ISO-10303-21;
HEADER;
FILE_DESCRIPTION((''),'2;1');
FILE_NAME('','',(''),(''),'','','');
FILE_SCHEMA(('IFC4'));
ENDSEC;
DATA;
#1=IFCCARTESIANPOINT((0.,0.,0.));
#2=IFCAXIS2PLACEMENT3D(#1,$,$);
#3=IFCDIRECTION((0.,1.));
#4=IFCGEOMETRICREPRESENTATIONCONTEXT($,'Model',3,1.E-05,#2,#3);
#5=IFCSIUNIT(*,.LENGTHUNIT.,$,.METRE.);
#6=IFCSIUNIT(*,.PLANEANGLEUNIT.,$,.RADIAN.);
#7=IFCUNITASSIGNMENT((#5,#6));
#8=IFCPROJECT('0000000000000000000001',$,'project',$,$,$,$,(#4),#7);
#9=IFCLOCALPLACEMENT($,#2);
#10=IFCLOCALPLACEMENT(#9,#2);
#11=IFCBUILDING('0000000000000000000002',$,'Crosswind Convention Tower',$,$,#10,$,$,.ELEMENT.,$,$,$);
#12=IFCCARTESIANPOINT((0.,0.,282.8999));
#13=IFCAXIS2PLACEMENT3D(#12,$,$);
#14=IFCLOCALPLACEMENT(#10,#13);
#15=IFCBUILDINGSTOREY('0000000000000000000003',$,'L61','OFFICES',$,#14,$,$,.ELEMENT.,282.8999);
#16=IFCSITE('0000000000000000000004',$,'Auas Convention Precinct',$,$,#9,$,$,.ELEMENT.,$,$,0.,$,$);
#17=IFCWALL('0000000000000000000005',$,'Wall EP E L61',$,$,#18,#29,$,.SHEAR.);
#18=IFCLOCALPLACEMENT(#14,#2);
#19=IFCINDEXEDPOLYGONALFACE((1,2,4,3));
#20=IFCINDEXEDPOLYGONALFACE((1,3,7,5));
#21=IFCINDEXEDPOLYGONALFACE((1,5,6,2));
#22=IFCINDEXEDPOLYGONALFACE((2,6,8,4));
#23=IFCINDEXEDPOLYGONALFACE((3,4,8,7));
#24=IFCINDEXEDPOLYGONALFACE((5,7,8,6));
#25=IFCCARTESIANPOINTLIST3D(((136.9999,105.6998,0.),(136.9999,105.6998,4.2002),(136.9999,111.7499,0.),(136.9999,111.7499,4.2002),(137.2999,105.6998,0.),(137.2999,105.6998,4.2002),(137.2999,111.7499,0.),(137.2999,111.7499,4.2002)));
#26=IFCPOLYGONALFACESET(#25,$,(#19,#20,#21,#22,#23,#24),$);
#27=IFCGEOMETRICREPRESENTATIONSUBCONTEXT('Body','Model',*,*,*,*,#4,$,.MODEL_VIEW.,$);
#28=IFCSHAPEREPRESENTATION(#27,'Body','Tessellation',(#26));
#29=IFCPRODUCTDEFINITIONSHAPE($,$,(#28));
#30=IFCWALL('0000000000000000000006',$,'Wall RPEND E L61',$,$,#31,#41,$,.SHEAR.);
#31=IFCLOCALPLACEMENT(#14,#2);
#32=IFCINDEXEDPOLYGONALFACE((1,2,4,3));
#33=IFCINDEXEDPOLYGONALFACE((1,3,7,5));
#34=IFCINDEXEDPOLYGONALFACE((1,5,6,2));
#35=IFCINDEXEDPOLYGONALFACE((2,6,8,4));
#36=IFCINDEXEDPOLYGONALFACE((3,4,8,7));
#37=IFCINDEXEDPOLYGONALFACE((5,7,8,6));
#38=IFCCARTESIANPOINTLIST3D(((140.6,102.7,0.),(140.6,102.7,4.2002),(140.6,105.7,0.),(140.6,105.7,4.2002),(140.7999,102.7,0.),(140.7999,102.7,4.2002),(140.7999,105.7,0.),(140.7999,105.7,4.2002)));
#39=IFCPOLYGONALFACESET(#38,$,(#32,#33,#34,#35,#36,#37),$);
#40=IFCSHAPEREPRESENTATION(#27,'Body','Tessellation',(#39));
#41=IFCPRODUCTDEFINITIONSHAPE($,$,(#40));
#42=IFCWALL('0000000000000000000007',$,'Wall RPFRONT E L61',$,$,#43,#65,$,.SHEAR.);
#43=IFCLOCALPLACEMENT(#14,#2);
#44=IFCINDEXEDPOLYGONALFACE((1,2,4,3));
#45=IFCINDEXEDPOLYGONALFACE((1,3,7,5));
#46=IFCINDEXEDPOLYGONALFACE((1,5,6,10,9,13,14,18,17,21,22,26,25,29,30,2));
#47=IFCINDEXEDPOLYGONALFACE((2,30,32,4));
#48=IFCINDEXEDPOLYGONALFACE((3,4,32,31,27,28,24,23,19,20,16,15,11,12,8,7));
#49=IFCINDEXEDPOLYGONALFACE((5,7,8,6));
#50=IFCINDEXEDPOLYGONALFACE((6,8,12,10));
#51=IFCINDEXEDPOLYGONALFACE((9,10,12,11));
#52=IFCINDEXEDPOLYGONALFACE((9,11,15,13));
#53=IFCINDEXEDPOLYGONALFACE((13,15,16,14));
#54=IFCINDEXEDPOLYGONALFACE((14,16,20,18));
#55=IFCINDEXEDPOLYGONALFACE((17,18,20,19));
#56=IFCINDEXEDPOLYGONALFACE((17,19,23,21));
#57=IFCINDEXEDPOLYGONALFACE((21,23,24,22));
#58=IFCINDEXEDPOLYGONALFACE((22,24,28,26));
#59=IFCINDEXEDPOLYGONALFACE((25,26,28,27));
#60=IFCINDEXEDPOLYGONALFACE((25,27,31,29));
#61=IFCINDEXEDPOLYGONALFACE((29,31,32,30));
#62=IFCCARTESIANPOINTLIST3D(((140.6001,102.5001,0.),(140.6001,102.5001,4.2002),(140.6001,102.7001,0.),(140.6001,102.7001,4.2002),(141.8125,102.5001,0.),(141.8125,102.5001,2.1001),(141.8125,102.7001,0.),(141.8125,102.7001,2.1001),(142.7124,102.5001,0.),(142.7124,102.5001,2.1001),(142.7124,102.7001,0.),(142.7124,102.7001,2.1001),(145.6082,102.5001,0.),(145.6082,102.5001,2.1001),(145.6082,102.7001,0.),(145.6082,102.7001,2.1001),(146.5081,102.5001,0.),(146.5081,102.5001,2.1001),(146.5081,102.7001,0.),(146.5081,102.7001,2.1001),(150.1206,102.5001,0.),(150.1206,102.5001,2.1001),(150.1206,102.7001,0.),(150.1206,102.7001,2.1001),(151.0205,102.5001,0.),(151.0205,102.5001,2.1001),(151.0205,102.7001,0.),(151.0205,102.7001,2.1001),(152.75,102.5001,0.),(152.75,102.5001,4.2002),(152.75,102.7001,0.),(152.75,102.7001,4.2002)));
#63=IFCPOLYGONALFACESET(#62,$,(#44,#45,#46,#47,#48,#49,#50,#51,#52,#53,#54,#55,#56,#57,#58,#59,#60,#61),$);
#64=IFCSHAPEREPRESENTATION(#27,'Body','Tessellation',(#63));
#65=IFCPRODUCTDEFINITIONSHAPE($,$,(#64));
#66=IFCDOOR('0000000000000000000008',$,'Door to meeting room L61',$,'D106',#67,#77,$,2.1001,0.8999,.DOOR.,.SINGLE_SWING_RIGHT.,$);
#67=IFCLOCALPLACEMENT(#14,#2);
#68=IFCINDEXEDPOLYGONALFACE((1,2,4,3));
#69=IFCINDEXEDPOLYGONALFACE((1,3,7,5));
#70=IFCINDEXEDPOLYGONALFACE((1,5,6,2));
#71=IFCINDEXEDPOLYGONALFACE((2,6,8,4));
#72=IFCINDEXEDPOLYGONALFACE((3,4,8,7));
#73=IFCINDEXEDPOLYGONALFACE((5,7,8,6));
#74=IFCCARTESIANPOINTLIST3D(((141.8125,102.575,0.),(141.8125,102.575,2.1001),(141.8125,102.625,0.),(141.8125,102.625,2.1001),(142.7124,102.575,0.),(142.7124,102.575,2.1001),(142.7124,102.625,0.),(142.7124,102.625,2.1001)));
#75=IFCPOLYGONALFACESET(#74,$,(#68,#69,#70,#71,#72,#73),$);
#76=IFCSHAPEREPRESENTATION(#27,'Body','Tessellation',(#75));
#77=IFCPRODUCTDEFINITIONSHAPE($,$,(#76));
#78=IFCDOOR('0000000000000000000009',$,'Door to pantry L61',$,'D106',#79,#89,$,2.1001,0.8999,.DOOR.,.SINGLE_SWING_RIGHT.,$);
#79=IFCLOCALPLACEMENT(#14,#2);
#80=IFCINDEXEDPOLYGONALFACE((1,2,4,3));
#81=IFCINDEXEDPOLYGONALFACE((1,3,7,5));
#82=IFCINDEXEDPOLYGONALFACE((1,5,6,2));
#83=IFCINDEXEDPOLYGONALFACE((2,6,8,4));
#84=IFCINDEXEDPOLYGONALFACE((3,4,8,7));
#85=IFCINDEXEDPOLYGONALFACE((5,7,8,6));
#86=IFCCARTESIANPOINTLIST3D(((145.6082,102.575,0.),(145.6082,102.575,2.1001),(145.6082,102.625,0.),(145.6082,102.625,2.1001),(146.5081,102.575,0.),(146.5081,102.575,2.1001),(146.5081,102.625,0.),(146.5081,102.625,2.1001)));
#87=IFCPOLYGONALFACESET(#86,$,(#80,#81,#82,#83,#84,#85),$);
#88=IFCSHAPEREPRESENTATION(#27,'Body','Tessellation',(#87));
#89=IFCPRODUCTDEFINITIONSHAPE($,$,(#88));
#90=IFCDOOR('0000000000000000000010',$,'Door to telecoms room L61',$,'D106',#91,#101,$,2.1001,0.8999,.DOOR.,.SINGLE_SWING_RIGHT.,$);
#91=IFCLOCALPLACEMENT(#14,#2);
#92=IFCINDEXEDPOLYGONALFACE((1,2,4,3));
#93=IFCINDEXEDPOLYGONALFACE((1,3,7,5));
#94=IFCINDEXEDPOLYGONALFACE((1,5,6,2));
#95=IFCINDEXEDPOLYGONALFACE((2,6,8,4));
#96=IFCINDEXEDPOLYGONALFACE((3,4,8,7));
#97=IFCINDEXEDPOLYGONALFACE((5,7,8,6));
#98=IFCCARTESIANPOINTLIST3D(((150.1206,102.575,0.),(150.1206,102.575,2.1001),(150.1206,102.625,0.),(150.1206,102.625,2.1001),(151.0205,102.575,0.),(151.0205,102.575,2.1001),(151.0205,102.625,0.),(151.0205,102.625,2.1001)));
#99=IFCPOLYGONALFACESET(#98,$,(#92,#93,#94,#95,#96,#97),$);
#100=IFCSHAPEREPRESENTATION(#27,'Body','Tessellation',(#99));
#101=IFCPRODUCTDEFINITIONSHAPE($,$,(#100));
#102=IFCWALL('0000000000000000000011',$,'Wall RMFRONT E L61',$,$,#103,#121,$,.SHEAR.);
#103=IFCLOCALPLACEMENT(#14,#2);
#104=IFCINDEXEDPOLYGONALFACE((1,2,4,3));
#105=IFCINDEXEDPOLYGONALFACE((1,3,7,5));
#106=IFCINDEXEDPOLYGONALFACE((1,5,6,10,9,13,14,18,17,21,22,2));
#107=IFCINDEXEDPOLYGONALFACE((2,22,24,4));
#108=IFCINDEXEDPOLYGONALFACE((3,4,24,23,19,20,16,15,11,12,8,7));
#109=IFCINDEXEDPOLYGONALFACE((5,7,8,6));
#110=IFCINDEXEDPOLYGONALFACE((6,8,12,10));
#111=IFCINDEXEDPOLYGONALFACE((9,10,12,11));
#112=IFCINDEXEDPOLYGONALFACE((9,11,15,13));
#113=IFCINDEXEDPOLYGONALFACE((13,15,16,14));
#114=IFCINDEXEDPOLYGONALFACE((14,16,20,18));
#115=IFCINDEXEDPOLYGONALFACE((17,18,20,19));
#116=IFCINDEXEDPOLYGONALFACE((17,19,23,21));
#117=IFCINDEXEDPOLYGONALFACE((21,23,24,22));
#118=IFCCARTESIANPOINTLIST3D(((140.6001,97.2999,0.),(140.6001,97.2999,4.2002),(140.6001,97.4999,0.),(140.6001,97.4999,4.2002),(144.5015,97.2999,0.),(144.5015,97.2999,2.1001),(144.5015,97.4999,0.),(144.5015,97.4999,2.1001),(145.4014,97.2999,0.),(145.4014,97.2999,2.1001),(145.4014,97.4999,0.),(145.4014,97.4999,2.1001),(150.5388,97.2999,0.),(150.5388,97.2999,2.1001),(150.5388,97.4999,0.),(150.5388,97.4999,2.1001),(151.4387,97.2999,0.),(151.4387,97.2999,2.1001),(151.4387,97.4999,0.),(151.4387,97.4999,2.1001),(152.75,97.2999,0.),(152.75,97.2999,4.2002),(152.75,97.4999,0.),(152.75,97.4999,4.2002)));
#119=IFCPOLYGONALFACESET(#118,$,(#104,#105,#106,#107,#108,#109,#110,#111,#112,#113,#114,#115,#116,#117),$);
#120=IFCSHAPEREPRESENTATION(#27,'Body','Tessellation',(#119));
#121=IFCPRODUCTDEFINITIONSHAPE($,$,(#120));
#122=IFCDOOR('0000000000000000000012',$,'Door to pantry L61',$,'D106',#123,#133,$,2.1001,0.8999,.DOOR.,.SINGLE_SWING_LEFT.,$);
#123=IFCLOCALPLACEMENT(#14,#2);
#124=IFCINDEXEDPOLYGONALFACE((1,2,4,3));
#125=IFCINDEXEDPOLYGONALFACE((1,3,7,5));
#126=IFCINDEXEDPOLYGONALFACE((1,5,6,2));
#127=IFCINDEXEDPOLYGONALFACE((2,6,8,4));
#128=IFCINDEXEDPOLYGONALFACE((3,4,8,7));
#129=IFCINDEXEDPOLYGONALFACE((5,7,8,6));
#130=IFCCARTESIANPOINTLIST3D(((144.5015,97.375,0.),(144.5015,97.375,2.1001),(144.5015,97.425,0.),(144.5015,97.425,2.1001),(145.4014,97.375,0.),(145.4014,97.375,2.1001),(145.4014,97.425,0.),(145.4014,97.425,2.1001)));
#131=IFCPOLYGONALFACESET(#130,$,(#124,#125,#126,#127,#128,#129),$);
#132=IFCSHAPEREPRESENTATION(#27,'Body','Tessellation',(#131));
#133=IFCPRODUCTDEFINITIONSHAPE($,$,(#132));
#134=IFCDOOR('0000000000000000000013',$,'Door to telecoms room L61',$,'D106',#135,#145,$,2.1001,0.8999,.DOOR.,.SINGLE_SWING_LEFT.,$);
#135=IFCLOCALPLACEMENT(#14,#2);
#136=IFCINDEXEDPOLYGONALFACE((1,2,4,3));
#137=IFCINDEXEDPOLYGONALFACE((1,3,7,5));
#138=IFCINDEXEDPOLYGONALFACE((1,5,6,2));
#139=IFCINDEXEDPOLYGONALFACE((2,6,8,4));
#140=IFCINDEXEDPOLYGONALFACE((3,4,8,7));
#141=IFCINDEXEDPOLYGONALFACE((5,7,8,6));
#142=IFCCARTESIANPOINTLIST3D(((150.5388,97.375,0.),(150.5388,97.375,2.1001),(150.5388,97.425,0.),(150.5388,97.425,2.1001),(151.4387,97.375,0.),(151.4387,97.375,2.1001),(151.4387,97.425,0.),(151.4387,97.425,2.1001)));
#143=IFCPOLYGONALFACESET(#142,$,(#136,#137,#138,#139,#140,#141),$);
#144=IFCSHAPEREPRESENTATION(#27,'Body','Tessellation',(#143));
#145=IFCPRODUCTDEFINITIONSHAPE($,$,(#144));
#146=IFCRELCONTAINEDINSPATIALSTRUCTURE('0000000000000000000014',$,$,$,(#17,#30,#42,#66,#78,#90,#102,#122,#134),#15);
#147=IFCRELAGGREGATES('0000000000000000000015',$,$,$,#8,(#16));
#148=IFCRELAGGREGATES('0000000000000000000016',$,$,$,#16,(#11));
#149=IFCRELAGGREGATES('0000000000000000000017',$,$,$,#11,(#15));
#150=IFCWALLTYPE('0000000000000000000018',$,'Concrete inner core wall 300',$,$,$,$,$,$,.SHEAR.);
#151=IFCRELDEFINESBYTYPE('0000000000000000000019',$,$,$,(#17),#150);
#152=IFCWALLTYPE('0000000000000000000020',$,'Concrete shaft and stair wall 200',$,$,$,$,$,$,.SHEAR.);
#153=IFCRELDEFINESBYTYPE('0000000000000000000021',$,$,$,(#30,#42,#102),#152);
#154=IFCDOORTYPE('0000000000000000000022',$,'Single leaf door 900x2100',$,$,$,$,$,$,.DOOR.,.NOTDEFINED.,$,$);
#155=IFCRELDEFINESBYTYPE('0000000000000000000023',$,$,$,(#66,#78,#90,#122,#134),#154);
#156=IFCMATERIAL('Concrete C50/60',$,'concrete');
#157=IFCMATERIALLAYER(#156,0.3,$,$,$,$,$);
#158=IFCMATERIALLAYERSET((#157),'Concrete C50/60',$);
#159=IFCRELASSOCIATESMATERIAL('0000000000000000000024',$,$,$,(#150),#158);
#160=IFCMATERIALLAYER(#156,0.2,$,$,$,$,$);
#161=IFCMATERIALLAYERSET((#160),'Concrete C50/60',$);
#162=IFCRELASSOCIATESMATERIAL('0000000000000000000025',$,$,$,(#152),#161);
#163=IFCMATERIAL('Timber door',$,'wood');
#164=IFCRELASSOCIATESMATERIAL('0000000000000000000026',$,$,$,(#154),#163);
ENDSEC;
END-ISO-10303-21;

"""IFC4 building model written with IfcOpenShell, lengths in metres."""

from ifc_helpers import new_model, si_unit, direction, frame, frame_2d, origin, place, context, subcontext, project, spatial, rectangle, extrude, material, layer, layer_set, type_object, element, fill, save


model = new_model("IFC4")

# Units and contexts
model_context = context("Model", 3, precision=1e-05, world=origin(), true_north=direction((0.0, 1.0)))
body_context = subcontext(model_context, "Body", "Model", "MODEL_VIEW")
ifc_project = project(units=[si_unit("LENGTHUNIT", "METRE"), si_unit("PLANEANGLEUNIT", "RADIAN")], contexts=[model_context])

# Site, building, storey
site_placement = place(None, origin())
site = spatial("IfcSite", under=ifc_project, at=site_placement, Name="Auas Convention Precinct", CompositionType="ELEMENT", RefElevation=0.0)
building_placement = place(site_placement, origin())
building = spatial("IfcBuilding", under=site, at=building_placement, Name="Crosswind Convention Tower", CompositionType="ELEMENT")
storey_placement = place(building_placement, frame((0.0, 0.0, 282.8999)))
storey = spatial("IfcBuildingStorey", under=building, at=storey_placement, Name="L61", Description="OFFICES", CompositionType="ELEMENT", Elevation=282.8999)

# Walls
ifc_material_1 = material(Name="Concrete C50/60", Category="concrete")
ifc_layer_1 = layer(ifc_material_1, 0.3)
ifc_layer_set_1 = layer_set([ifc_layer_1], Name="Concrete C50/60")
wall_type_1 = type_object("IfcWallType", Name="Concrete inner core wall 300", PredefinedType="SHEAR", material=ifc_layer_set_1)
wall_1_placement = place(storey_placement, frame((137.1499, 105.7, 0.0), z_axis=(0.0, 0.0, 1.0), x_axis=(0.0, 1.0, 0.0)))
element("IfcWall", 1, at=wall_1_placement, inside=storey, type_object=wall_type_1, Name="Wall EP E L61", PredefinedType="SHEAR", context=body_context, shape_type="SweptSolid", body=[
    extrude(rectangle(XDim=6.05, YDim=0.3, at=frame_2d((3.0249, 0.0))), origin(), (0.0, 0.0, 1.0), 4.2002),
])
ifc_layer_2 = layer(ifc_material_1, 0.2)
ifc_layer_set_2 = layer_set([ifc_layer_2], Name="Concrete C50/60")
wall_type_2 = type_object("IfcWallType", Name="Concrete shaft and stair wall 200", PredefinedType="SHEAR", material=ifc_layer_set_2)
wall_2_placement = place(storey_placement, frame((140.7, 102.7, 0.0), z_axis=(0.0, 0.0, 1.0), x_axis=(0.0, 1.0, 0.0)))
element("IfcWall", 2, at=wall_2_placement, inside=storey, type_object=wall_type_2, Name="Wall RPEND E L61", PredefinedType="SHEAR", context=body_context, shape_type="SweptSolid", body=[
    extrude(rectangle(XDim=3.0, YDim=0.2, at=frame_2d((1.5, 0.0))), origin(), (0.0, 0.0, 1.0), 4.2002),
])

# Walls, openings, doors
wall_3_placement = place(storey_placement, frame((140.6001, 102.6001, 0.0), z_axis=(0.0, 0.0, 1.0), x_axis=(1.0, 0.0, 0.0)))
wall_3 = element("IfcWall", 3, at=wall_3_placement, inside=storey, type_object=wall_type_2, Name="Wall RPFRONT E L61", PredefinedType="SHEAR", context=body_context, shape_type="SweptSolid", body=[
    extrude(rectangle(XDim=12.1499, YDim=0.2, at=frame_2d((6.075, 0.0))), origin(), (0.0, 0.0, 1.0), 4.2002),
])
opening_1_placement = place(wall_3_placement, frame((1.2124, 0.0, 0.0)))
opening_1 = element("IfcOpeningElement", 4, at=opening_1_placement, cuts=wall_3, PredefinedType="OPENING", context=body_context, shape_type="SweptSolid", body=[
    extrude(rectangle(XDim=0.8999, YDim=2.1001, at=frame_2d((0.45, 1.05))), frame((0.0, 0.1099, 0.0), z_axis=(0.0, -1.0, 0.0), x_axis=(1.0, 0.0, 0.0)), (0.0, 0.0, 1.0), 0.22),
])
opening_2_placement = place(wall_3_placement, frame((5.0081, 0.0, 0.0)))
opening_2 = element("IfcOpeningElement", 5, at=opening_2_placement, cuts=wall_3, PredefinedType="OPENING", context=body_context, shape_type="SweptSolid", body=[
    extrude(rectangle(XDim=0.8999, YDim=2.1001, at=frame_2d((0.45, 1.05))), frame((0.0, 0.1099, 0.0), z_axis=(0.0, -1.0, 0.0), x_axis=(1.0, 0.0, 0.0)), (0.0, 0.0, 1.0), 0.22),
])
opening_3_placement = place(wall_3_placement, frame((9.5205, 0.0, 0.0)))
opening_3 = element("IfcOpeningElement", 6, at=opening_3_placement, cuts=wall_3, PredefinedType="OPENING", context=body_context, shape_type="SweptSolid", body=[
    extrude(rectangle(XDim=0.8999, YDim=2.1001, at=frame_2d((0.45, 1.05))), frame((0.0, 0.1099, 0.0), z_axis=(0.0, -1.0, 0.0), x_axis=(1.0, 0.0, 0.0)), (0.0, 0.0, 1.0), 0.22),
])
ifc_material_2 = material(Name="Timber door", Category="wood")
door_type_1 = type_object("IfcDoorType", Name="Single leaf door 900x2100", OperationType="NOTDEFINED", PredefinedType="DOOR", material=ifc_material_2)
door_1_placement = place(opening_1_placement, origin())
door_1 = element("IfcDoor", 7, at=door_1_placement, inside=storey, type_object=door_type_1, Name="Door to meeting room L61", ObjectType="D106", OperationType="SINGLE_SWING_RIGHT", OverallHeight=2.1001, OverallWidth=0.8999, PredefinedType="DOOR", context=body_context, shape_type="SweptSolid", body=[
    extrude(rectangle(XDim=0.8999, YDim=2.1001, at=frame_2d((0.45, 1.05))), frame((0.0, 0.0249, 0.0), z_axis=(0.0, -1.0, 0.0), x_axis=(1.0, 0.0, 0.0)), (0.0, 0.0, 1.0), 0.05),
])
fill(opening_1, door_1)
door_2_placement = place(opening_2_placement, origin())
door_2 = element("IfcDoor", 8, at=door_2_placement, inside=storey, type_object=door_type_1, Name="Door to pantry L61", ObjectType="D106", OperationType="SINGLE_SWING_RIGHT", OverallHeight=2.1001, OverallWidth=0.8999, PredefinedType="DOOR", context=body_context, shape_type="SweptSolid", body=[
    extrude(rectangle(XDim=0.8999, YDim=2.1001, at=frame_2d((0.45, 1.05))), frame((0.0, 0.0249, 0.0), z_axis=(0.0, -1.0, 0.0), x_axis=(1.0, 0.0, 0.0)), (0.0, 0.0, 1.0), 0.05),
])
fill(opening_2, door_2)
door_3_placement = place(opening_3_placement, origin())
door_3 = element("IfcDoor", 9, at=door_3_placement, inside=storey, type_object=door_type_1, Name="Door to telecoms room L61", ObjectType="D106", OperationType="SINGLE_SWING_RIGHT", OverallHeight=2.1001, OverallWidth=0.8999, PredefinedType="DOOR", context=body_context, shape_type="SweptSolid", body=[
    extrude(rectangle(XDim=0.8999, YDim=2.1001, at=frame_2d((0.45, 1.05))), frame((0.0, 0.0249, 0.0), z_axis=(0.0, -1.0, 0.0), x_axis=(1.0, 0.0, 0.0)), (0.0, 0.0, 1.0), 0.05),
])
fill(opening_3, door_3)
wall_4_placement = place(storey_placement, frame((140.6001, 97.3999, 0.0), z_axis=(0.0, 0.0, 1.0), x_axis=(1.0, 0.0, 0.0)))
wall_4 = element("IfcWall", 10, at=wall_4_placement, inside=storey, type_object=wall_type_2, Name="Wall RMFRONT E L61", PredefinedType="SHEAR", context=body_context, shape_type="SweptSolid", body=[
    extrude(rectangle(XDim=12.1499, YDim=0.2, at=frame_2d((6.075, 0.0))), origin(), (0.0, 0.0, 1.0), 4.2002),
])
opening_4_placement = place(wall_4_placement, frame((3.9014, 0.0, 0.0)))
opening_4 = element("IfcOpeningElement", 11, at=opening_4_placement, cuts=wall_4, PredefinedType="OPENING", context=body_context, shape_type="SweptSolid", body=[
    extrude(rectangle(XDim=0.8999, YDim=2.1001, at=frame_2d((0.45, 1.05))), frame((0.0, 0.1099, 0.0), z_axis=(0.0, -1.0, 0.0), x_axis=(1.0, 0.0, 0.0)), (0.0, 0.0, 1.0), 0.22),
])
opening_5_placement = place(wall_4_placement, frame((9.9387, 0.0, 0.0)))
opening_5 = element("IfcOpeningElement", 12, at=opening_5_placement, cuts=wall_4, PredefinedType="OPENING", context=body_context, shape_type="SweptSolid", body=[
    extrude(rectangle(XDim=0.8999, YDim=2.1001, at=frame_2d((0.45, 1.05))), frame((0.0, 0.1099, 0.0), z_axis=(0.0, -1.0, 0.0), x_axis=(1.0, 0.0, 0.0)), (0.0, 0.0, 1.0), 0.22),
])
door_4_placement = place(opening_4_placement, frame((0.8999, 0.0, 0.0), z_axis=(0.0, 0.0, 1.0), x_axis=(-1.0, 0.0, 0.0)))
door_4 = element("IfcDoor", 13, at=door_4_placement, inside=storey, type_object=door_type_1, Name="Door to pantry L61", ObjectType="D106", OperationType="SINGLE_SWING_LEFT", OverallHeight=2.1001, OverallWidth=0.8999, PredefinedType="DOOR", context=body_context, shape_type="SweptSolid", body=[
    extrude(rectangle(XDim=0.8999, YDim=2.1001, at=frame_2d((0.45, 1.05))), frame((0.0, 0.0249, 0.0), z_axis=(0.0, -1.0, 0.0), x_axis=(1.0, 0.0, 0.0)), (0.0, 0.0, 1.0), 0.05),
])
fill(opening_4, door_4)
door_5_placement = place(opening_5_placement, frame((0.8999, 0.0, 0.0), z_axis=(0.0, 0.0, 1.0), x_axis=(-1.0, 0.0, 0.0)))
door_5 = element("IfcDoor", 14, at=door_5_placement, inside=storey, type_object=door_type_1, Name="Door to telecoms room L61", ObjectType="D106", OperationType="SINGLE_SWING_LEFT", OverallHeight=2.1001, OverallWidth=0.8999, PredefinedType="DOOR", context=body_context, shape_type="SweptSolid", body=[
    extrude(rectangle(XDim=0.8999, YDim=2.1001, at=frame_2d((0.45, 1.05))), frame((0.0, 0.0249, 0.0), z_axis=(0.0, -1.0, 0.0), x_axis=(1.0, 0.0, 0.0)), (0.0, 0.0, 1.0), 0.05),
])
fill(opening_5, door_5)

save(model, "model.ifc")
